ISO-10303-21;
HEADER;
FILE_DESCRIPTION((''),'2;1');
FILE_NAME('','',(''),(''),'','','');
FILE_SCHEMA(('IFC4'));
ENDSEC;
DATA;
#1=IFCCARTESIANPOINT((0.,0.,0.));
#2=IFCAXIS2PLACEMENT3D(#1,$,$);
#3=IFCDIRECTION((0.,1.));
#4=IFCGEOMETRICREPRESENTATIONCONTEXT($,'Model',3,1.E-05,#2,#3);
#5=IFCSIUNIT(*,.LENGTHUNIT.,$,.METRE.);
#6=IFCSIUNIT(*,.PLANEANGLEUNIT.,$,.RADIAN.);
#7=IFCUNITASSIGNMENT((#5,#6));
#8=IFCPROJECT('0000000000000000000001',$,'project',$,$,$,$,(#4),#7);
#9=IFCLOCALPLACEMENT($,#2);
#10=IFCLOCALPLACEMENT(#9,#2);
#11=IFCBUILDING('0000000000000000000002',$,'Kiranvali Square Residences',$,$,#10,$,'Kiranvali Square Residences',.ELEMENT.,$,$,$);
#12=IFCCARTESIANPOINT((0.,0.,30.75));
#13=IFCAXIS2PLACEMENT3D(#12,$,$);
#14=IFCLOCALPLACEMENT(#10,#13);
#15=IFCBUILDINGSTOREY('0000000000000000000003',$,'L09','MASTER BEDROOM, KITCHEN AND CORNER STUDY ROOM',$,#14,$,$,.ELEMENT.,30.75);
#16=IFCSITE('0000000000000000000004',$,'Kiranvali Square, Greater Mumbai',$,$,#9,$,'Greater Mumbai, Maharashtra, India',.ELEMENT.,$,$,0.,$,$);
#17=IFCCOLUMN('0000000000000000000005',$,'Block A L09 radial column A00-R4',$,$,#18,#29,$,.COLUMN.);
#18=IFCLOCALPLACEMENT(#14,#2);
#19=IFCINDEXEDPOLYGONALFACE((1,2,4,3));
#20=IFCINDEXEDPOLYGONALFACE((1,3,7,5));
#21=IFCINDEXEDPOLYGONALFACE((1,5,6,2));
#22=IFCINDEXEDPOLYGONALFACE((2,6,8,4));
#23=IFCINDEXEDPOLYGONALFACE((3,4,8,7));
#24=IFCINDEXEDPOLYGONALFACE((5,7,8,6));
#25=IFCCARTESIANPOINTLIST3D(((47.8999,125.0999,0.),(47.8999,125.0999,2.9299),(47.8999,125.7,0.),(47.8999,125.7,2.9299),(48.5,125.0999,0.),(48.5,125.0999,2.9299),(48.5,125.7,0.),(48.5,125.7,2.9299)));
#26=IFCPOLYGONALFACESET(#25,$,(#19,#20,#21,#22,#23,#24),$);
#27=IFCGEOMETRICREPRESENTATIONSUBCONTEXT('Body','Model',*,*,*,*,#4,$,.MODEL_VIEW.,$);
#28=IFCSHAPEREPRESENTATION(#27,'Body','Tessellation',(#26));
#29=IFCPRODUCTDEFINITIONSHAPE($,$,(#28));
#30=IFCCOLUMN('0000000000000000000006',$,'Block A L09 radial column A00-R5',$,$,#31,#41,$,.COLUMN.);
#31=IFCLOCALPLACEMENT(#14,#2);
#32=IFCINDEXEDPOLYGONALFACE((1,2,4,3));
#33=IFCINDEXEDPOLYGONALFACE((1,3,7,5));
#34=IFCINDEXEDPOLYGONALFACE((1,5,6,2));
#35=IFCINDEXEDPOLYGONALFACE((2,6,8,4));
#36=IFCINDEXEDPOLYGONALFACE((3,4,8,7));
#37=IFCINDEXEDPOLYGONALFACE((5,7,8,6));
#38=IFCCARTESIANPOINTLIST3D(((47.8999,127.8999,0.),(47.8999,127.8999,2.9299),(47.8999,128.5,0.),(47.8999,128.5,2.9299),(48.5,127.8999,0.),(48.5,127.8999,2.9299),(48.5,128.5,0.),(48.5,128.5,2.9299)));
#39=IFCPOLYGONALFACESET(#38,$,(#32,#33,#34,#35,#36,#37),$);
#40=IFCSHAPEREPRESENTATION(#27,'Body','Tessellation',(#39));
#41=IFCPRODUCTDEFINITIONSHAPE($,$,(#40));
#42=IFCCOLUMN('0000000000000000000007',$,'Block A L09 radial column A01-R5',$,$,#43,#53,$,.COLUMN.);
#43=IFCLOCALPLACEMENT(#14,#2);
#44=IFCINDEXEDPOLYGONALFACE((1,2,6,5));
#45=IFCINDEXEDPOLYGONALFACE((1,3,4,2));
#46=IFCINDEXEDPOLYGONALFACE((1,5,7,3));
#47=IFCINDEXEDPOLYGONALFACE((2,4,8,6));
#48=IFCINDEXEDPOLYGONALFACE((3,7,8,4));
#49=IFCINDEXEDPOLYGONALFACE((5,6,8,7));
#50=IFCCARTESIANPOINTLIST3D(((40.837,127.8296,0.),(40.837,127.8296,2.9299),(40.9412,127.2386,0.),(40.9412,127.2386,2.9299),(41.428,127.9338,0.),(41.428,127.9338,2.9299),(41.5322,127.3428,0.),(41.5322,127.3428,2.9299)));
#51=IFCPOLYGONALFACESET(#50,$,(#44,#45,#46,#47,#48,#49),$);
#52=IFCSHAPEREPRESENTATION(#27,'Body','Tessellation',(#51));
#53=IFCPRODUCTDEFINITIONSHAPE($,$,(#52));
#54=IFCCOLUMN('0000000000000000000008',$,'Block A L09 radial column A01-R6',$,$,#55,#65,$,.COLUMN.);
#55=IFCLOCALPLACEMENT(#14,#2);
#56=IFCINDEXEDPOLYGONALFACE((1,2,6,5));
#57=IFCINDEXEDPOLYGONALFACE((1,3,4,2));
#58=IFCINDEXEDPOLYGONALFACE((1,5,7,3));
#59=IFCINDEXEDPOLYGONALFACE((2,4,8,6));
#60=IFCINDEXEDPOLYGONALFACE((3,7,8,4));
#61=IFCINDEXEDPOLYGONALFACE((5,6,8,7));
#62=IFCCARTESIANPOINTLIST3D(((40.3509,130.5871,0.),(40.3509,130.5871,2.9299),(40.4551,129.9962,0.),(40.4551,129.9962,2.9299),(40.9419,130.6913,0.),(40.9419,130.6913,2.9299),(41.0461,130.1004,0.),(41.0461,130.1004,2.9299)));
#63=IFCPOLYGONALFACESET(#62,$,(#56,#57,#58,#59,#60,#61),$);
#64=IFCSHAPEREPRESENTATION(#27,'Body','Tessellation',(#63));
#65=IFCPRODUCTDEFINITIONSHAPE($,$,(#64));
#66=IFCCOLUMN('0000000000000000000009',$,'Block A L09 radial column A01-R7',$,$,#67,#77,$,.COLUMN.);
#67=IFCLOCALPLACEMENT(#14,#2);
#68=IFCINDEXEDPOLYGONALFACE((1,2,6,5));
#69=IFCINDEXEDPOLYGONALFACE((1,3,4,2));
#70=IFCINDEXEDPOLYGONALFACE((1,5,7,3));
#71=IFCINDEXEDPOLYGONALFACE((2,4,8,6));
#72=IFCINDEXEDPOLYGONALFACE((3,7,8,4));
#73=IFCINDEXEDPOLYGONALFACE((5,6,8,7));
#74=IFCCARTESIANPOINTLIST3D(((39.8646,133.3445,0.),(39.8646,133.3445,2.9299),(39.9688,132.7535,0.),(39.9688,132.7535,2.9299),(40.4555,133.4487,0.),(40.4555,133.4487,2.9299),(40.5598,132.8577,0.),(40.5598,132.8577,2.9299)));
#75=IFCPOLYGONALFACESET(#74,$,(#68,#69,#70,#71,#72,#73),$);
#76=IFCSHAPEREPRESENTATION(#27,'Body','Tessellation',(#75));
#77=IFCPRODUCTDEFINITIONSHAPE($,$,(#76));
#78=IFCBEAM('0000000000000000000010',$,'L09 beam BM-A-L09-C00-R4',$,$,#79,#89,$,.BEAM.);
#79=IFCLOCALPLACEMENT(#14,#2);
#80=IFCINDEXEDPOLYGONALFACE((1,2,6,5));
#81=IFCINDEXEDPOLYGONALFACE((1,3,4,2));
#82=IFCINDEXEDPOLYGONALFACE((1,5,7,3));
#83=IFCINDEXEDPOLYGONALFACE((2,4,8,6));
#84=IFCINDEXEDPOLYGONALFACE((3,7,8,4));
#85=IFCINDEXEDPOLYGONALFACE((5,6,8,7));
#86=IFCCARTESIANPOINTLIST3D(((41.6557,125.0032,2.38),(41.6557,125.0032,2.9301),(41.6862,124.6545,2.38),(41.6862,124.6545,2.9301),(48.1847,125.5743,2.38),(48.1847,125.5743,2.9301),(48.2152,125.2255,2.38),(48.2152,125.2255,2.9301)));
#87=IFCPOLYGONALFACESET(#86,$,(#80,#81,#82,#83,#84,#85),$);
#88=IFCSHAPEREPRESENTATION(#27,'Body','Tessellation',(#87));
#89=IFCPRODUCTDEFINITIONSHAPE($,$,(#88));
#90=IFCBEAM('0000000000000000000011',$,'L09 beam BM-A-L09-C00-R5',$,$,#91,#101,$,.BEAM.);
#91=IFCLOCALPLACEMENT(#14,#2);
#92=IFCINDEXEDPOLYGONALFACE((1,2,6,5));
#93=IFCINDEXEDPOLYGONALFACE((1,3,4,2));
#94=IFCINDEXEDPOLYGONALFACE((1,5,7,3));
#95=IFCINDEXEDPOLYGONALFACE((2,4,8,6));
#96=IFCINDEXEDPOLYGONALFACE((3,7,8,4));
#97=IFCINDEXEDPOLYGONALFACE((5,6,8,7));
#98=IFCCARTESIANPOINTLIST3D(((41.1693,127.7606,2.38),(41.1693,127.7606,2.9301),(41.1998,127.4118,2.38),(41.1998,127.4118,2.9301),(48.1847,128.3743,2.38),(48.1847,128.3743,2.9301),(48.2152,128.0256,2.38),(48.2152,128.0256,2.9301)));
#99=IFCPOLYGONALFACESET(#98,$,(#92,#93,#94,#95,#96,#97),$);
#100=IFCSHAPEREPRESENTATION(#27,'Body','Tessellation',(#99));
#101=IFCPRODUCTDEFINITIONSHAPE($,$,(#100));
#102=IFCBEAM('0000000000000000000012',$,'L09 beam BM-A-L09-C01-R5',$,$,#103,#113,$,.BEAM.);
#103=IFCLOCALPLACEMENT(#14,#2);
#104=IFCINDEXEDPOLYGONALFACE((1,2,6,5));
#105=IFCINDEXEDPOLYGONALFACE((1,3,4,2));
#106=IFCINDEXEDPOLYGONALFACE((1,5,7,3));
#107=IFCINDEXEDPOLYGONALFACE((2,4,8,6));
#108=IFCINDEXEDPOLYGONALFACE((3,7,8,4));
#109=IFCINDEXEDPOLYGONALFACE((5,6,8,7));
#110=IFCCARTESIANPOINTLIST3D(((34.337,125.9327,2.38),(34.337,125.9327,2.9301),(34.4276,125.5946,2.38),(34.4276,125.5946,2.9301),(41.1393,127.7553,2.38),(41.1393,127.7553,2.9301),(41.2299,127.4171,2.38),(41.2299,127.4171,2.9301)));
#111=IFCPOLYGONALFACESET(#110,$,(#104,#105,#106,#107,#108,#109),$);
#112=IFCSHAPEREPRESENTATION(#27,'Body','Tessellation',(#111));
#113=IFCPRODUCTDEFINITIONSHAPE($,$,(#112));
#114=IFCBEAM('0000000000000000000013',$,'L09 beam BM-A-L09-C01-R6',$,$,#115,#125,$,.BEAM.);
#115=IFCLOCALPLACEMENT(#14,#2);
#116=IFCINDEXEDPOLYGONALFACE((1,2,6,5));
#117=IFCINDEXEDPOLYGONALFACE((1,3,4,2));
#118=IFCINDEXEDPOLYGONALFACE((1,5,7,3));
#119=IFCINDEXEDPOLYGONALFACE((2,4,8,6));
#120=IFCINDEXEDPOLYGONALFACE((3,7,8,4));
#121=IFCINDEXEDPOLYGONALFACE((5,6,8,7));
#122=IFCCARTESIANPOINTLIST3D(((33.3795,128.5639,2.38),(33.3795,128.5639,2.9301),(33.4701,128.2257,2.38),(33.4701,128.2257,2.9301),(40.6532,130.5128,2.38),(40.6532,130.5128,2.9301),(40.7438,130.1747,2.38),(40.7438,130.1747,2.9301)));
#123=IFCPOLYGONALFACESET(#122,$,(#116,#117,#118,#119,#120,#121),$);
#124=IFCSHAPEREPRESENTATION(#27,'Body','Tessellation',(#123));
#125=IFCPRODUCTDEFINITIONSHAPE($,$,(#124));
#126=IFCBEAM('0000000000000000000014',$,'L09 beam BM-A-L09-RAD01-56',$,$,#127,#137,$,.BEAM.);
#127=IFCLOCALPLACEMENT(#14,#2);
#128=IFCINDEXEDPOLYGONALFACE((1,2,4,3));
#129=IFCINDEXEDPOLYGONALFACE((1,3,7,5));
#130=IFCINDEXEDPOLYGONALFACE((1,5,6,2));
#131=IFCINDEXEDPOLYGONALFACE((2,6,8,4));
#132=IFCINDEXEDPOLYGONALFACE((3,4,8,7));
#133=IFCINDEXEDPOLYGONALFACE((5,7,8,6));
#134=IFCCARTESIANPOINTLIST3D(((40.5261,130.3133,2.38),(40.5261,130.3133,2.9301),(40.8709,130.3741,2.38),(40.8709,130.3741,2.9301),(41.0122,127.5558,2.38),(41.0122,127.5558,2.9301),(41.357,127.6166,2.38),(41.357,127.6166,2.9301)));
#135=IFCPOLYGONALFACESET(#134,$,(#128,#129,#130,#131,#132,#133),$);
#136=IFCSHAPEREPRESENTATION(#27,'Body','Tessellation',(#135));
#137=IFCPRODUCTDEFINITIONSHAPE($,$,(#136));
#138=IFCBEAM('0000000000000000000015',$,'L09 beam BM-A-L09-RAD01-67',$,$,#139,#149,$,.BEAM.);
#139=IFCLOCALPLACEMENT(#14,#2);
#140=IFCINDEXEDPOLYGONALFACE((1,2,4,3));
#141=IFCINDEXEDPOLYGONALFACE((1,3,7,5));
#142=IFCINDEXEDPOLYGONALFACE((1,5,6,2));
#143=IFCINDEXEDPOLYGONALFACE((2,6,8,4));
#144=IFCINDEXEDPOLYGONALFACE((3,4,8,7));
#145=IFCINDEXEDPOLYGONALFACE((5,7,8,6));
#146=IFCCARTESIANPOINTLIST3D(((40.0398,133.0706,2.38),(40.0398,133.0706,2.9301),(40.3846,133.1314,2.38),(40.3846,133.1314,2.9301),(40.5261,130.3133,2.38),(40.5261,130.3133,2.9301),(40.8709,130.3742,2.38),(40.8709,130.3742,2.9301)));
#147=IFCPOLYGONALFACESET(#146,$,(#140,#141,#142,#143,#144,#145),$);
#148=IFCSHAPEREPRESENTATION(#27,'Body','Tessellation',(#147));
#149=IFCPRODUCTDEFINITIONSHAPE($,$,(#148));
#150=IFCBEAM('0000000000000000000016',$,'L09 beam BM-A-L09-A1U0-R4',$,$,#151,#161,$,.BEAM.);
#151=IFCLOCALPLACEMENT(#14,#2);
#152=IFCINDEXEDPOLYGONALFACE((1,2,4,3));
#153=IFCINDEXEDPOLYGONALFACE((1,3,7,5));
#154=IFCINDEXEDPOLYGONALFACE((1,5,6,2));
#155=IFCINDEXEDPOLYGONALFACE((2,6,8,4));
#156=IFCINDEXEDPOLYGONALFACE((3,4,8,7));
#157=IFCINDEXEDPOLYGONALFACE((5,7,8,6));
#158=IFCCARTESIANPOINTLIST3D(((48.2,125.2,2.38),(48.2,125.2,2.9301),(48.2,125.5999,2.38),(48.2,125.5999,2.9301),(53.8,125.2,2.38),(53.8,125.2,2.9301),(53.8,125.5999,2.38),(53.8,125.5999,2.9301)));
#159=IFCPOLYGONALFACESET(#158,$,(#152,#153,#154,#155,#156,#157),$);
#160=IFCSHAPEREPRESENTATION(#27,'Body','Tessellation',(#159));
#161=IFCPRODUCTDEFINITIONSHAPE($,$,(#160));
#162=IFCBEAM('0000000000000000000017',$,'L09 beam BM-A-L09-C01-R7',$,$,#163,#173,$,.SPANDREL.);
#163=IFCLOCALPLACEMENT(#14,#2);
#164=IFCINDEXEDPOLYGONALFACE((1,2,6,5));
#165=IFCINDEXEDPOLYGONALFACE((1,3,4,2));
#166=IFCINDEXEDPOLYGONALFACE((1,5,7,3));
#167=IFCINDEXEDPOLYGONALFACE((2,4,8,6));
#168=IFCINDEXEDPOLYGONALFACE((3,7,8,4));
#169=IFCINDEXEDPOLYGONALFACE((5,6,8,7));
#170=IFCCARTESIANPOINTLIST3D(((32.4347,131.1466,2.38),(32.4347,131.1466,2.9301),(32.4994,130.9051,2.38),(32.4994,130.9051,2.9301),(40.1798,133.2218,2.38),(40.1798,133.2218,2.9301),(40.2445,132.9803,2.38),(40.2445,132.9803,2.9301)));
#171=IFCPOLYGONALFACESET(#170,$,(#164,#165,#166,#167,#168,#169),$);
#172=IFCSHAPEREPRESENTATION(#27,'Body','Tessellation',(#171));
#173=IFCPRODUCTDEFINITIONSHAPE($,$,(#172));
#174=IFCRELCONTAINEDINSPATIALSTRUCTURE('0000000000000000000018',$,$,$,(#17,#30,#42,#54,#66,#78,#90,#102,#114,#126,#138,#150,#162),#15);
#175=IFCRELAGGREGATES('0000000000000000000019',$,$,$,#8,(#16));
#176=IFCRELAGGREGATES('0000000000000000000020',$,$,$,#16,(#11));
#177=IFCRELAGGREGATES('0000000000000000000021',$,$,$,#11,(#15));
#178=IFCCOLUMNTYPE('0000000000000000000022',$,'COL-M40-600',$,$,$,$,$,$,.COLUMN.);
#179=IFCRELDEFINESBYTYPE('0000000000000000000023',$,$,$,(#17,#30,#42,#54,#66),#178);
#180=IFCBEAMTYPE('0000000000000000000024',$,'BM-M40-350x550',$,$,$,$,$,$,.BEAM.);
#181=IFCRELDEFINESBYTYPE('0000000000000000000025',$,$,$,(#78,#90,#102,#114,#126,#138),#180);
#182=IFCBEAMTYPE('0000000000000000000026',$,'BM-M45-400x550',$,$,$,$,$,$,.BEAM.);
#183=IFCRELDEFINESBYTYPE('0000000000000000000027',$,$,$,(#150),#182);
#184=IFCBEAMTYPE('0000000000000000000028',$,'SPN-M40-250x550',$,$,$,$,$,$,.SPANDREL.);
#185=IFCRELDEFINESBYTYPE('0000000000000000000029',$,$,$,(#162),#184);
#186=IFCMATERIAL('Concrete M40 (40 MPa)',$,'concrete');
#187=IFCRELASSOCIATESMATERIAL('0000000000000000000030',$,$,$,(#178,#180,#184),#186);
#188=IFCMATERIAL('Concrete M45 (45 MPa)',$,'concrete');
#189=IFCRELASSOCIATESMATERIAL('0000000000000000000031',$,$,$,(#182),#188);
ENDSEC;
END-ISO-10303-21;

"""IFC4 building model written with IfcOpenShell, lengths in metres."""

from ifc_helpers import new_model, si_unit, direction, frame, origin, origin_2d, place, context, subcontext, project, spatial, rectangle, extrude, material, material_profile, profile_set, type_object, element, save


model = new_model("IFC4")

# Units and contexts
model_context = context("Model", 3, precision=1e-05, world=origin(), true_north=direction((0.0, 1.0)))
body_context = subcontext(model_context, "Body", "Model", "MODEL_VIEW")
ifc_project = project(units=[si_unit("LENGTHUNIT", "METRE"), si_unit("PLANEANGLEUNIT", "RADIAN")], contexts=[model_context])

# Site, building, storey
site_placement = place(None, origin())
site = spatial("IfcSite", under=ifc_project, at=site_placement, Name="Kiranvali Square, Greater Mumbai", LongName="Greater Mumbai, Maharashtra, India", CompositionType="ELEMENT", RefElevation=0.0)
building_placement = place(site_placement, origin())
building = spatial("IfcBuilding", under=site, at=building_placement, Name="Kiranvali Square Residences", LongName="Kiranvali Square Residences", CompositionType="ELEMENT")
storey_placement = place(building_placement, frame((0.0, 0.0, 30.75)))
storey = spatial("IfcBuildingStorey", under=building, at=storey_placement, Name="L09", Description="MASTER BEDROOM, KITCHEN AND CORNER STUDY ROOM", CompositionType="ELEMENT", Elevation=30.75)

# Columns
ifc_material_1 = material(Name="Concrete M40 (40 MPa)", Category="concrete")
ifc_material_profile_1 = material_profile(ifc_material_1, rectangle(XDim=0.6001, YDim=0.6001, at=origin_2d()), Name="RC 600x600")
ifc_profile_set_1 = profile_set([ifc_material_profile_1], Name="Concrete M40 (40 MPa)")
column_type = type_object("IfcColumnType", Name="COL-M40-600", PredefinedType="COLUMN", material=ifc_profile_set_1)
for number, where, z_axis, x_axis, name in (
    (1, (48.2, 125.3999, 0.0), (0.0, 0.0, 1.0), (1.0, 0.0, 0.0), "Block A L09 radial column A00-R4"),
    (2, (48.2, 128.2, 0.0), (0.0, 0.0, 1.0), (1.0, 0.0, 0.0), "Block A L09 radial column A00-R5"),
    (3, (41.1846, 127.5862, 0.0), (0.0, 0.0, 1.0), (0.984808, 0.173648, 0.0), "Block A L09 radial column A01-R5"),
    (4, (40.6985, 130.3438, 0.0), (0.0, 0.0, 1.0), (0.984808, 0.173648, 0.0), "Block A L09 radial column A01-R6"),
    (5, (40.2122, 133.1011, 0.0), (0.0, 0.0, 1.0), (0.984808, 0.173648, 0.0), "Block A L09 radial column A01-R7"),
):
    element("IfcColumn", number, at=place(storey_placement, frame(where, z_axis=z_axis, x_axis=x_axis)), inside=storey, type_object=column_type, Name=name, PredefinedType="COLUMN", context=body_context, shape_type="SweptSolid", body=[
        extrude(rectangle(XDim=0.6001, YDim=0.6001, at=origin_2d()), origin(), (0.0, 0.0, 1.0), 2.9299),
    ])

# Beams
ifc_material_profile_2 = material_profile(ifc_material_1, rectangle(XDim=0.3501, YDim=0.55, at=origin_2d()), Name="RC 350x550")
ifc_profile_set_2 = profile_set([ifc_material_profile_2], Name="Concrete M40 (40 MPa)")
beam_type_1 = type_object("IfcBeamType", Name="BM-M40-350x550", PredefinedType="BEAM", material=ifc_profile_set_2)
beam_1_placement = place(storey_placement, frame((48.2, 125.3999, 2.655), z_axis=(-0.996197, -0.08713, 0.0), x_axis=(0.08713, -0.996197, 0.0)))
element("IfcBeam", 6, at=beam_1_placement, inside=storey, type_object=beam_type_1, Name="L09 beam BM-A-L09-C00-R4", PredefinedType="BEAM", context=body_context, shape_type="SweptSolid", body=[
    extrude(rectangle(XDim=0.3501, YDim=0.55, at=origin_2d()), origin(), (0.0, 0.0, 1.0), 6.554),
])
for number, where, z_axis, x_axis, name in (
    (7, (48.2, 128.2, 2.655), (-0.996195, -0.087156, 0.0), (0.087156, -0.996195, 0.0), "L09 beam BM-A-L09-C00-R5"),
    (8, (41.1846, 127.5862, 2.655), (-0.965931, -0.2588, 0.0), (0.2588, -0.965931, 0.0), "L09 beam BM-A-L09-C01-R5"),
):
    element("IfcBeam", number, at=place(storey_placement, frame(where, z_axis=z_axis, x_axis=x_axis)), inside=storey, type_object=beam_type_1, Name=name, PredefinedType="BEAM", context=body_context, shape_type="SweptSolid", body=[
        extrude(rectangle(XDim=0.3501, YDim=0.55, at=origin_2d()), origin(), (0.0, 0.0, 1.0), 7.0422),
    ])
beam_2_placement = place(storey_placement, frame((40.6985, 130.3438, 2.655), z_axis=(-0.965926, -0.258819, 0.0), x_axis=(0.258819, -0.965926, 0.0)))
element("IfcBeam", 9, at=beam_2_placement, inside=storey, type_object=beam_type_1, Name="L09 beam BM-A-L09-C01-R6", PredefinedType="BEAM", context=body_context, shape_type="SweptSolid", body=[
    extrude(rectangle(XDim=0.3501, YDim=0.55, at=origin_2d()), origin(), (0.0, 0.0, 1.0), 7.5303),
])
beam_3_placement = place(storey_placement, frame((41.1846, 127.5862, 2.655), z_axis=(-0.173596, 0.984817, 0.0), x_axis=(-0.984817, -0.173596, 0.0)))
element("IfcBeam", 10, at=beam_3_placement, inside=storey, type_object=beam_type_1, Name="L09 beam BM-A-L09-RAD01-56", PredefinedType="BEAM", context=body_context, shape_type="SweptSolid", body=[
    extrude(rectangle(XDim=0.3501, YDim=0.55, at=origin_2d()), origin(), (0.0, 0.0, 1.0), 2.8),
])
beam_4_placement = place(storey_placement, frame((40.6985, 130.3438, 2.655), z_axis=(-0.173696, 0.984799, 0.0), x_axis=(-0.984799, -0.173696, 0.0)))
element("IfcBeam", 11, at=beam_4_placement, inside=storey, type_object=beam_type_1, Name="L09 beam BM-A-L09-RAD01-67", PredefinedType="BEAM", context=body_context, shape_type="SweptSolid", body=[
    extrude(rectangle(XDim=0.3501, YDim=0.55, at=origin_2d()), origin(), (0.0, 0.0, 1.0), 2.7998),
])
ifc_material_2 = material(Name="Concrete M45 (45 MPa)", Category="concrete")
ifc_material_profile_3 = material_profile(ifc_material_2, rectangle(XDim=0.3999, YDim=0.55, at=origin_2d()), Name="RC 400x550")
ifc_profile_set_3 = profile_set([ifc_material_profile_3], Name="Concrete M45 (45 MPa)")
beam_type_2 = type_object("IfcBeamType", Name="BM-M45-400x550", PredefinedType="BEAM", material=ifc_profile_set_3)
beam_5_placement = place(storey_placement, frame((48.2, 125.3999, 2.655), z_axis=(1.0, 0.0, 0.0), x_axis=(0.0, 1.0, 0.0)))
element("IfcBeam", 12, at=beam_5_placement, inside=storey, type_object=beam_type_2, Name="L09 beam BM-A-L09-A1U0-R4", PredefinedType="BEAM", context=body_context, shape_type="SweptSolid", body=[
    extrude(rectangle(XDim=0.3999, YDim=0.55, at=origin_2d()), origin(), (0.0, 0.0, 1.0), 5.6001),
])
ifc_material_profile_4 = material_profile(ifc_material_1, rectangle(XDim=0.25, YDim=0.55, at=origin_2d()), Name="RC 250x550")
ifc_profile_set_4 = profile_set([ifc_material_profile_4], Name="Concrete M40 (40 MPa)")
beam_type_3 = type_object("IfcBeamType", Name="SPN-M40-250x550", PredefinedType="SPANDREL", material=ifc_profile_set_4)
beam_6_placement = place(storey_placement, frame((40.2122, 133.1011, 2.655), z_axis=(-0.965929, -0.258807, 0.0), x_axis=(0.258807, -0.965929, 0.0)))
element("IfcBeam", 13, at=beam_6_placement, inside=storey, type_object=beam_type_3, Name="L09 beam BM-A-L09-C01-R7", PredefinedType="SPANDREL", context=body_context, shape_type="SweptSolid", body=[
    extrude(rectangle(XDim=0.25, YDim=0.55, at=origin_2d()), origin(), (0.0, 0.0, 1.0), 8.0183),
])

save(model, "model.ifc")
